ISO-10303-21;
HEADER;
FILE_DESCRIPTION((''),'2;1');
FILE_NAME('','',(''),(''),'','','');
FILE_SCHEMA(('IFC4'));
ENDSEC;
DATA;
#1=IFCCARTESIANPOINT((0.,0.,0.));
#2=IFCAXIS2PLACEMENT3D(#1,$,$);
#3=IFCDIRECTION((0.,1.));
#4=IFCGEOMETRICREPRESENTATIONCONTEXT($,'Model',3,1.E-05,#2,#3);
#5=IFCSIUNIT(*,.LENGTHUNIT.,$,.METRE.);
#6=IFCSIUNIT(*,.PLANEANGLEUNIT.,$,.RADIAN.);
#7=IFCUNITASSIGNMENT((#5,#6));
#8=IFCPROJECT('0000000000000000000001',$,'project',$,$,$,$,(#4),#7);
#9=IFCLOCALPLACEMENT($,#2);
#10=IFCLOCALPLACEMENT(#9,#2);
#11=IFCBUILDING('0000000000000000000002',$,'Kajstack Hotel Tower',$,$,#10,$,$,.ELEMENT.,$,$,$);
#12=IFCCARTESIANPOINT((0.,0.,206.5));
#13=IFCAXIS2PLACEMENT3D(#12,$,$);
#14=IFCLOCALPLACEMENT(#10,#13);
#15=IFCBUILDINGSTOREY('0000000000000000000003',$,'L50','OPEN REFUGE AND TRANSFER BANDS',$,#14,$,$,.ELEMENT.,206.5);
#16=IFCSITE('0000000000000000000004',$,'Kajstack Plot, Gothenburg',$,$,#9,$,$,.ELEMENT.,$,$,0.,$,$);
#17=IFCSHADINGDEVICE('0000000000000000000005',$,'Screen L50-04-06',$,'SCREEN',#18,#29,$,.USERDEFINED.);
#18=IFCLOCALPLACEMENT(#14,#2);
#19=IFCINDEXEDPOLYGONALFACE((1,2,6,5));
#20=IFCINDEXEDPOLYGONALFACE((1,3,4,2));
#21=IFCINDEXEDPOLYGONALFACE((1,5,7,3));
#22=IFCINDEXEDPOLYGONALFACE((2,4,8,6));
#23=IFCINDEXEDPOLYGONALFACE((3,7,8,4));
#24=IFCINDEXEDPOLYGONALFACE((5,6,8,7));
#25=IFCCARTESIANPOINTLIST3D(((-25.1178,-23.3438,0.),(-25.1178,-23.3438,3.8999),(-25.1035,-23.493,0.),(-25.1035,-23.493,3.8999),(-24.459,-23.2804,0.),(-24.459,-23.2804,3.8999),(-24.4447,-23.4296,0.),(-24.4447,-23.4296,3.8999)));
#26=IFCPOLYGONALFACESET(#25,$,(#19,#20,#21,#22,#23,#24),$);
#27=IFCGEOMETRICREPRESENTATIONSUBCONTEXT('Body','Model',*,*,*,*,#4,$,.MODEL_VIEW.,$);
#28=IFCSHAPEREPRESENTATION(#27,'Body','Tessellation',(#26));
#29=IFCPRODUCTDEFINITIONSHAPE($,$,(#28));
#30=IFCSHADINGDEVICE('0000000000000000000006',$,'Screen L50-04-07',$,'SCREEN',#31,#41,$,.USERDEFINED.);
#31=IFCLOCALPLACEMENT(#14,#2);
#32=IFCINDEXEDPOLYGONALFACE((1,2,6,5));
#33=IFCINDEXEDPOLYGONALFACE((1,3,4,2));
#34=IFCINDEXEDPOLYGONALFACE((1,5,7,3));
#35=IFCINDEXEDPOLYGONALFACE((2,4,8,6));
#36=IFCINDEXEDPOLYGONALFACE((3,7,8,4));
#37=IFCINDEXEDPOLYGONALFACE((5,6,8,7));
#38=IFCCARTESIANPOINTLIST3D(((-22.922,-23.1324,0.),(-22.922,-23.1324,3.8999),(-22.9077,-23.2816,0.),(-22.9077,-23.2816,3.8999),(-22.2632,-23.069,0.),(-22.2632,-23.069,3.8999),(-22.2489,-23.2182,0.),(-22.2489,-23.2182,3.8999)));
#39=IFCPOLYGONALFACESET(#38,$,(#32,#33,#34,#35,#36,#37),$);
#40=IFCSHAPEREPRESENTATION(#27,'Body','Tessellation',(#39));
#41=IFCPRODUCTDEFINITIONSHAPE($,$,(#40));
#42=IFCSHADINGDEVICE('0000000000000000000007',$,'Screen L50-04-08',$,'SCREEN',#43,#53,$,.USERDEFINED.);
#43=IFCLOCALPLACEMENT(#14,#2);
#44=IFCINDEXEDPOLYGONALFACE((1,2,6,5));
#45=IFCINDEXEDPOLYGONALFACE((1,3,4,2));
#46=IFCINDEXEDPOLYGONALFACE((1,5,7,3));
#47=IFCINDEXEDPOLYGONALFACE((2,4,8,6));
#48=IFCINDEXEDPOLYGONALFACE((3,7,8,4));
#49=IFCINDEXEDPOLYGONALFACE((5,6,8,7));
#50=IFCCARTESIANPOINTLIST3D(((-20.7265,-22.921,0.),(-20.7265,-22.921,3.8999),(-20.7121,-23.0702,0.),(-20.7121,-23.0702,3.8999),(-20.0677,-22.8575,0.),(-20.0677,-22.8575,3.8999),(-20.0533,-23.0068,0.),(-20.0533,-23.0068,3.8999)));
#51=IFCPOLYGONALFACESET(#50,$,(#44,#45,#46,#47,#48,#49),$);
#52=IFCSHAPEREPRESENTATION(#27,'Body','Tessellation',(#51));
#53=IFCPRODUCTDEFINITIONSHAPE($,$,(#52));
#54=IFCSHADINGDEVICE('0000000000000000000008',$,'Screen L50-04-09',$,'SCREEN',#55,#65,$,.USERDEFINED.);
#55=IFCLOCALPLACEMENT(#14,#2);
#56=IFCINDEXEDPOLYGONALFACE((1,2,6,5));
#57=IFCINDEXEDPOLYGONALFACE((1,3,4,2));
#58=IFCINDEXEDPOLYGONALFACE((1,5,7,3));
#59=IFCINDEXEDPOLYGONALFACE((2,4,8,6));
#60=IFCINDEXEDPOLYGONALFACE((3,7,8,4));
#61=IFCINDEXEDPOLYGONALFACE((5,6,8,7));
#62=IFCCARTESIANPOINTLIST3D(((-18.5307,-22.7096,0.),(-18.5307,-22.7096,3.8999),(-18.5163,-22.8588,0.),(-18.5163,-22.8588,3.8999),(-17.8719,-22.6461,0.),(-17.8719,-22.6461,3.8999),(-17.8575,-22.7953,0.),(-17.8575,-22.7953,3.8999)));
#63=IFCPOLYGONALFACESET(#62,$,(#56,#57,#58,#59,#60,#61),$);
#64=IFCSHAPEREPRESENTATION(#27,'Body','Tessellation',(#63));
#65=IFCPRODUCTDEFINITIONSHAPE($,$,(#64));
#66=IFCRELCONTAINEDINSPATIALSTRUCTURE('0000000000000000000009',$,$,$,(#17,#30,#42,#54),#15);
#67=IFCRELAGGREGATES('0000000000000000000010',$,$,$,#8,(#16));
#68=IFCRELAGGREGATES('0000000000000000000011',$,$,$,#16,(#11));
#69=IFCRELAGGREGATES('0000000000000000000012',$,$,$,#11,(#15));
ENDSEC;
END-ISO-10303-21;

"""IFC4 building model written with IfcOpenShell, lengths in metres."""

from ifc_helpers import new_model, si_unit, direction, frame, origin, origin_2d, place, context, subcontext, project, spatial, rectangle, extrude, element, save


model = new_model("IFC4")

# Units and contexts
model_context = context("Model", 3, precision=1e-05, world=origin(), true_north=direction((0.0, 1.0)))
body_context = subcontext(model_context, "Body", "Model", "MODEL_VIEW")
ifc_project = project(units=[si_unit("LENGTHUNIT", "METRE"), si_unit("PLANEANGLEUNIT", "RADIAN")], contexts=[model_context])

# Site, building, storey
site_placement = place(None, origin())
site = spatial("IfcSite", under=ifc_project, at=site_placement, Name="Kajstack Plot, Gothenburg", CompositionType="ELEMENT", RefElevation=0.0)
building_placement = place(site_placement, origin())
building = spatial("IfcBuilding", under=site, at=building_placement, Name="Kajstack Hotel Tower", CompositionType="ELEMENT")
storey_placement = place(building_placement, frame((0.0, 0.0, 206.5)))
storey = spatial("IfcBuildingStorey", under=building, at=storey_placement, Name="L50", Description="OPEN REFUGE AND TRANSFER BANDS", CompositionType="ELEMENT", Elevation=206.5)

# Shading devices
for number, where, z_axis, x_axis, name in (
    (1, (-24.7812, -23.3867, 0.0), (0.0, 0.0, 1.0), (0.995396, 0.095845, 0.0), "Screen L50-04-06"),
    (2, (-22.5854, -23.1753, 0.0), (0.0, 0.0, 1.0), (0.995396, 0.095845, 0.0), "Screen L50-04-07"),
    (3, (-20.3899, -22.9639, 0.0), (0.0, 0.0, 1.0), (0.995396, 0.095845, 0.0), "Screen L50-04-08"),
    (4, (-18.1941, -22.7524, 0.0), (0.0, 0.0, 1.0), (0.995396, 0.095845, 0.0), "Screen L50-04-09"),
):
    element("IfcShadingDevice", number, at=place(storey_placement, frame(where, z_axis=z_axis, x_axis=x_axis)), inside=storey, Name=name, ObjectType="SCREEN", PredefinedType="USERDEFINED", context=body_context, shape_type="SweptSolid", body=[
        extrude(rectangle(XDim=0.6619, YDim=0.1499, at=origin_2d()), origin(), (0.0, 0.0, 1.0), 3.8999),
    ])

save(model, "model.ifc")
